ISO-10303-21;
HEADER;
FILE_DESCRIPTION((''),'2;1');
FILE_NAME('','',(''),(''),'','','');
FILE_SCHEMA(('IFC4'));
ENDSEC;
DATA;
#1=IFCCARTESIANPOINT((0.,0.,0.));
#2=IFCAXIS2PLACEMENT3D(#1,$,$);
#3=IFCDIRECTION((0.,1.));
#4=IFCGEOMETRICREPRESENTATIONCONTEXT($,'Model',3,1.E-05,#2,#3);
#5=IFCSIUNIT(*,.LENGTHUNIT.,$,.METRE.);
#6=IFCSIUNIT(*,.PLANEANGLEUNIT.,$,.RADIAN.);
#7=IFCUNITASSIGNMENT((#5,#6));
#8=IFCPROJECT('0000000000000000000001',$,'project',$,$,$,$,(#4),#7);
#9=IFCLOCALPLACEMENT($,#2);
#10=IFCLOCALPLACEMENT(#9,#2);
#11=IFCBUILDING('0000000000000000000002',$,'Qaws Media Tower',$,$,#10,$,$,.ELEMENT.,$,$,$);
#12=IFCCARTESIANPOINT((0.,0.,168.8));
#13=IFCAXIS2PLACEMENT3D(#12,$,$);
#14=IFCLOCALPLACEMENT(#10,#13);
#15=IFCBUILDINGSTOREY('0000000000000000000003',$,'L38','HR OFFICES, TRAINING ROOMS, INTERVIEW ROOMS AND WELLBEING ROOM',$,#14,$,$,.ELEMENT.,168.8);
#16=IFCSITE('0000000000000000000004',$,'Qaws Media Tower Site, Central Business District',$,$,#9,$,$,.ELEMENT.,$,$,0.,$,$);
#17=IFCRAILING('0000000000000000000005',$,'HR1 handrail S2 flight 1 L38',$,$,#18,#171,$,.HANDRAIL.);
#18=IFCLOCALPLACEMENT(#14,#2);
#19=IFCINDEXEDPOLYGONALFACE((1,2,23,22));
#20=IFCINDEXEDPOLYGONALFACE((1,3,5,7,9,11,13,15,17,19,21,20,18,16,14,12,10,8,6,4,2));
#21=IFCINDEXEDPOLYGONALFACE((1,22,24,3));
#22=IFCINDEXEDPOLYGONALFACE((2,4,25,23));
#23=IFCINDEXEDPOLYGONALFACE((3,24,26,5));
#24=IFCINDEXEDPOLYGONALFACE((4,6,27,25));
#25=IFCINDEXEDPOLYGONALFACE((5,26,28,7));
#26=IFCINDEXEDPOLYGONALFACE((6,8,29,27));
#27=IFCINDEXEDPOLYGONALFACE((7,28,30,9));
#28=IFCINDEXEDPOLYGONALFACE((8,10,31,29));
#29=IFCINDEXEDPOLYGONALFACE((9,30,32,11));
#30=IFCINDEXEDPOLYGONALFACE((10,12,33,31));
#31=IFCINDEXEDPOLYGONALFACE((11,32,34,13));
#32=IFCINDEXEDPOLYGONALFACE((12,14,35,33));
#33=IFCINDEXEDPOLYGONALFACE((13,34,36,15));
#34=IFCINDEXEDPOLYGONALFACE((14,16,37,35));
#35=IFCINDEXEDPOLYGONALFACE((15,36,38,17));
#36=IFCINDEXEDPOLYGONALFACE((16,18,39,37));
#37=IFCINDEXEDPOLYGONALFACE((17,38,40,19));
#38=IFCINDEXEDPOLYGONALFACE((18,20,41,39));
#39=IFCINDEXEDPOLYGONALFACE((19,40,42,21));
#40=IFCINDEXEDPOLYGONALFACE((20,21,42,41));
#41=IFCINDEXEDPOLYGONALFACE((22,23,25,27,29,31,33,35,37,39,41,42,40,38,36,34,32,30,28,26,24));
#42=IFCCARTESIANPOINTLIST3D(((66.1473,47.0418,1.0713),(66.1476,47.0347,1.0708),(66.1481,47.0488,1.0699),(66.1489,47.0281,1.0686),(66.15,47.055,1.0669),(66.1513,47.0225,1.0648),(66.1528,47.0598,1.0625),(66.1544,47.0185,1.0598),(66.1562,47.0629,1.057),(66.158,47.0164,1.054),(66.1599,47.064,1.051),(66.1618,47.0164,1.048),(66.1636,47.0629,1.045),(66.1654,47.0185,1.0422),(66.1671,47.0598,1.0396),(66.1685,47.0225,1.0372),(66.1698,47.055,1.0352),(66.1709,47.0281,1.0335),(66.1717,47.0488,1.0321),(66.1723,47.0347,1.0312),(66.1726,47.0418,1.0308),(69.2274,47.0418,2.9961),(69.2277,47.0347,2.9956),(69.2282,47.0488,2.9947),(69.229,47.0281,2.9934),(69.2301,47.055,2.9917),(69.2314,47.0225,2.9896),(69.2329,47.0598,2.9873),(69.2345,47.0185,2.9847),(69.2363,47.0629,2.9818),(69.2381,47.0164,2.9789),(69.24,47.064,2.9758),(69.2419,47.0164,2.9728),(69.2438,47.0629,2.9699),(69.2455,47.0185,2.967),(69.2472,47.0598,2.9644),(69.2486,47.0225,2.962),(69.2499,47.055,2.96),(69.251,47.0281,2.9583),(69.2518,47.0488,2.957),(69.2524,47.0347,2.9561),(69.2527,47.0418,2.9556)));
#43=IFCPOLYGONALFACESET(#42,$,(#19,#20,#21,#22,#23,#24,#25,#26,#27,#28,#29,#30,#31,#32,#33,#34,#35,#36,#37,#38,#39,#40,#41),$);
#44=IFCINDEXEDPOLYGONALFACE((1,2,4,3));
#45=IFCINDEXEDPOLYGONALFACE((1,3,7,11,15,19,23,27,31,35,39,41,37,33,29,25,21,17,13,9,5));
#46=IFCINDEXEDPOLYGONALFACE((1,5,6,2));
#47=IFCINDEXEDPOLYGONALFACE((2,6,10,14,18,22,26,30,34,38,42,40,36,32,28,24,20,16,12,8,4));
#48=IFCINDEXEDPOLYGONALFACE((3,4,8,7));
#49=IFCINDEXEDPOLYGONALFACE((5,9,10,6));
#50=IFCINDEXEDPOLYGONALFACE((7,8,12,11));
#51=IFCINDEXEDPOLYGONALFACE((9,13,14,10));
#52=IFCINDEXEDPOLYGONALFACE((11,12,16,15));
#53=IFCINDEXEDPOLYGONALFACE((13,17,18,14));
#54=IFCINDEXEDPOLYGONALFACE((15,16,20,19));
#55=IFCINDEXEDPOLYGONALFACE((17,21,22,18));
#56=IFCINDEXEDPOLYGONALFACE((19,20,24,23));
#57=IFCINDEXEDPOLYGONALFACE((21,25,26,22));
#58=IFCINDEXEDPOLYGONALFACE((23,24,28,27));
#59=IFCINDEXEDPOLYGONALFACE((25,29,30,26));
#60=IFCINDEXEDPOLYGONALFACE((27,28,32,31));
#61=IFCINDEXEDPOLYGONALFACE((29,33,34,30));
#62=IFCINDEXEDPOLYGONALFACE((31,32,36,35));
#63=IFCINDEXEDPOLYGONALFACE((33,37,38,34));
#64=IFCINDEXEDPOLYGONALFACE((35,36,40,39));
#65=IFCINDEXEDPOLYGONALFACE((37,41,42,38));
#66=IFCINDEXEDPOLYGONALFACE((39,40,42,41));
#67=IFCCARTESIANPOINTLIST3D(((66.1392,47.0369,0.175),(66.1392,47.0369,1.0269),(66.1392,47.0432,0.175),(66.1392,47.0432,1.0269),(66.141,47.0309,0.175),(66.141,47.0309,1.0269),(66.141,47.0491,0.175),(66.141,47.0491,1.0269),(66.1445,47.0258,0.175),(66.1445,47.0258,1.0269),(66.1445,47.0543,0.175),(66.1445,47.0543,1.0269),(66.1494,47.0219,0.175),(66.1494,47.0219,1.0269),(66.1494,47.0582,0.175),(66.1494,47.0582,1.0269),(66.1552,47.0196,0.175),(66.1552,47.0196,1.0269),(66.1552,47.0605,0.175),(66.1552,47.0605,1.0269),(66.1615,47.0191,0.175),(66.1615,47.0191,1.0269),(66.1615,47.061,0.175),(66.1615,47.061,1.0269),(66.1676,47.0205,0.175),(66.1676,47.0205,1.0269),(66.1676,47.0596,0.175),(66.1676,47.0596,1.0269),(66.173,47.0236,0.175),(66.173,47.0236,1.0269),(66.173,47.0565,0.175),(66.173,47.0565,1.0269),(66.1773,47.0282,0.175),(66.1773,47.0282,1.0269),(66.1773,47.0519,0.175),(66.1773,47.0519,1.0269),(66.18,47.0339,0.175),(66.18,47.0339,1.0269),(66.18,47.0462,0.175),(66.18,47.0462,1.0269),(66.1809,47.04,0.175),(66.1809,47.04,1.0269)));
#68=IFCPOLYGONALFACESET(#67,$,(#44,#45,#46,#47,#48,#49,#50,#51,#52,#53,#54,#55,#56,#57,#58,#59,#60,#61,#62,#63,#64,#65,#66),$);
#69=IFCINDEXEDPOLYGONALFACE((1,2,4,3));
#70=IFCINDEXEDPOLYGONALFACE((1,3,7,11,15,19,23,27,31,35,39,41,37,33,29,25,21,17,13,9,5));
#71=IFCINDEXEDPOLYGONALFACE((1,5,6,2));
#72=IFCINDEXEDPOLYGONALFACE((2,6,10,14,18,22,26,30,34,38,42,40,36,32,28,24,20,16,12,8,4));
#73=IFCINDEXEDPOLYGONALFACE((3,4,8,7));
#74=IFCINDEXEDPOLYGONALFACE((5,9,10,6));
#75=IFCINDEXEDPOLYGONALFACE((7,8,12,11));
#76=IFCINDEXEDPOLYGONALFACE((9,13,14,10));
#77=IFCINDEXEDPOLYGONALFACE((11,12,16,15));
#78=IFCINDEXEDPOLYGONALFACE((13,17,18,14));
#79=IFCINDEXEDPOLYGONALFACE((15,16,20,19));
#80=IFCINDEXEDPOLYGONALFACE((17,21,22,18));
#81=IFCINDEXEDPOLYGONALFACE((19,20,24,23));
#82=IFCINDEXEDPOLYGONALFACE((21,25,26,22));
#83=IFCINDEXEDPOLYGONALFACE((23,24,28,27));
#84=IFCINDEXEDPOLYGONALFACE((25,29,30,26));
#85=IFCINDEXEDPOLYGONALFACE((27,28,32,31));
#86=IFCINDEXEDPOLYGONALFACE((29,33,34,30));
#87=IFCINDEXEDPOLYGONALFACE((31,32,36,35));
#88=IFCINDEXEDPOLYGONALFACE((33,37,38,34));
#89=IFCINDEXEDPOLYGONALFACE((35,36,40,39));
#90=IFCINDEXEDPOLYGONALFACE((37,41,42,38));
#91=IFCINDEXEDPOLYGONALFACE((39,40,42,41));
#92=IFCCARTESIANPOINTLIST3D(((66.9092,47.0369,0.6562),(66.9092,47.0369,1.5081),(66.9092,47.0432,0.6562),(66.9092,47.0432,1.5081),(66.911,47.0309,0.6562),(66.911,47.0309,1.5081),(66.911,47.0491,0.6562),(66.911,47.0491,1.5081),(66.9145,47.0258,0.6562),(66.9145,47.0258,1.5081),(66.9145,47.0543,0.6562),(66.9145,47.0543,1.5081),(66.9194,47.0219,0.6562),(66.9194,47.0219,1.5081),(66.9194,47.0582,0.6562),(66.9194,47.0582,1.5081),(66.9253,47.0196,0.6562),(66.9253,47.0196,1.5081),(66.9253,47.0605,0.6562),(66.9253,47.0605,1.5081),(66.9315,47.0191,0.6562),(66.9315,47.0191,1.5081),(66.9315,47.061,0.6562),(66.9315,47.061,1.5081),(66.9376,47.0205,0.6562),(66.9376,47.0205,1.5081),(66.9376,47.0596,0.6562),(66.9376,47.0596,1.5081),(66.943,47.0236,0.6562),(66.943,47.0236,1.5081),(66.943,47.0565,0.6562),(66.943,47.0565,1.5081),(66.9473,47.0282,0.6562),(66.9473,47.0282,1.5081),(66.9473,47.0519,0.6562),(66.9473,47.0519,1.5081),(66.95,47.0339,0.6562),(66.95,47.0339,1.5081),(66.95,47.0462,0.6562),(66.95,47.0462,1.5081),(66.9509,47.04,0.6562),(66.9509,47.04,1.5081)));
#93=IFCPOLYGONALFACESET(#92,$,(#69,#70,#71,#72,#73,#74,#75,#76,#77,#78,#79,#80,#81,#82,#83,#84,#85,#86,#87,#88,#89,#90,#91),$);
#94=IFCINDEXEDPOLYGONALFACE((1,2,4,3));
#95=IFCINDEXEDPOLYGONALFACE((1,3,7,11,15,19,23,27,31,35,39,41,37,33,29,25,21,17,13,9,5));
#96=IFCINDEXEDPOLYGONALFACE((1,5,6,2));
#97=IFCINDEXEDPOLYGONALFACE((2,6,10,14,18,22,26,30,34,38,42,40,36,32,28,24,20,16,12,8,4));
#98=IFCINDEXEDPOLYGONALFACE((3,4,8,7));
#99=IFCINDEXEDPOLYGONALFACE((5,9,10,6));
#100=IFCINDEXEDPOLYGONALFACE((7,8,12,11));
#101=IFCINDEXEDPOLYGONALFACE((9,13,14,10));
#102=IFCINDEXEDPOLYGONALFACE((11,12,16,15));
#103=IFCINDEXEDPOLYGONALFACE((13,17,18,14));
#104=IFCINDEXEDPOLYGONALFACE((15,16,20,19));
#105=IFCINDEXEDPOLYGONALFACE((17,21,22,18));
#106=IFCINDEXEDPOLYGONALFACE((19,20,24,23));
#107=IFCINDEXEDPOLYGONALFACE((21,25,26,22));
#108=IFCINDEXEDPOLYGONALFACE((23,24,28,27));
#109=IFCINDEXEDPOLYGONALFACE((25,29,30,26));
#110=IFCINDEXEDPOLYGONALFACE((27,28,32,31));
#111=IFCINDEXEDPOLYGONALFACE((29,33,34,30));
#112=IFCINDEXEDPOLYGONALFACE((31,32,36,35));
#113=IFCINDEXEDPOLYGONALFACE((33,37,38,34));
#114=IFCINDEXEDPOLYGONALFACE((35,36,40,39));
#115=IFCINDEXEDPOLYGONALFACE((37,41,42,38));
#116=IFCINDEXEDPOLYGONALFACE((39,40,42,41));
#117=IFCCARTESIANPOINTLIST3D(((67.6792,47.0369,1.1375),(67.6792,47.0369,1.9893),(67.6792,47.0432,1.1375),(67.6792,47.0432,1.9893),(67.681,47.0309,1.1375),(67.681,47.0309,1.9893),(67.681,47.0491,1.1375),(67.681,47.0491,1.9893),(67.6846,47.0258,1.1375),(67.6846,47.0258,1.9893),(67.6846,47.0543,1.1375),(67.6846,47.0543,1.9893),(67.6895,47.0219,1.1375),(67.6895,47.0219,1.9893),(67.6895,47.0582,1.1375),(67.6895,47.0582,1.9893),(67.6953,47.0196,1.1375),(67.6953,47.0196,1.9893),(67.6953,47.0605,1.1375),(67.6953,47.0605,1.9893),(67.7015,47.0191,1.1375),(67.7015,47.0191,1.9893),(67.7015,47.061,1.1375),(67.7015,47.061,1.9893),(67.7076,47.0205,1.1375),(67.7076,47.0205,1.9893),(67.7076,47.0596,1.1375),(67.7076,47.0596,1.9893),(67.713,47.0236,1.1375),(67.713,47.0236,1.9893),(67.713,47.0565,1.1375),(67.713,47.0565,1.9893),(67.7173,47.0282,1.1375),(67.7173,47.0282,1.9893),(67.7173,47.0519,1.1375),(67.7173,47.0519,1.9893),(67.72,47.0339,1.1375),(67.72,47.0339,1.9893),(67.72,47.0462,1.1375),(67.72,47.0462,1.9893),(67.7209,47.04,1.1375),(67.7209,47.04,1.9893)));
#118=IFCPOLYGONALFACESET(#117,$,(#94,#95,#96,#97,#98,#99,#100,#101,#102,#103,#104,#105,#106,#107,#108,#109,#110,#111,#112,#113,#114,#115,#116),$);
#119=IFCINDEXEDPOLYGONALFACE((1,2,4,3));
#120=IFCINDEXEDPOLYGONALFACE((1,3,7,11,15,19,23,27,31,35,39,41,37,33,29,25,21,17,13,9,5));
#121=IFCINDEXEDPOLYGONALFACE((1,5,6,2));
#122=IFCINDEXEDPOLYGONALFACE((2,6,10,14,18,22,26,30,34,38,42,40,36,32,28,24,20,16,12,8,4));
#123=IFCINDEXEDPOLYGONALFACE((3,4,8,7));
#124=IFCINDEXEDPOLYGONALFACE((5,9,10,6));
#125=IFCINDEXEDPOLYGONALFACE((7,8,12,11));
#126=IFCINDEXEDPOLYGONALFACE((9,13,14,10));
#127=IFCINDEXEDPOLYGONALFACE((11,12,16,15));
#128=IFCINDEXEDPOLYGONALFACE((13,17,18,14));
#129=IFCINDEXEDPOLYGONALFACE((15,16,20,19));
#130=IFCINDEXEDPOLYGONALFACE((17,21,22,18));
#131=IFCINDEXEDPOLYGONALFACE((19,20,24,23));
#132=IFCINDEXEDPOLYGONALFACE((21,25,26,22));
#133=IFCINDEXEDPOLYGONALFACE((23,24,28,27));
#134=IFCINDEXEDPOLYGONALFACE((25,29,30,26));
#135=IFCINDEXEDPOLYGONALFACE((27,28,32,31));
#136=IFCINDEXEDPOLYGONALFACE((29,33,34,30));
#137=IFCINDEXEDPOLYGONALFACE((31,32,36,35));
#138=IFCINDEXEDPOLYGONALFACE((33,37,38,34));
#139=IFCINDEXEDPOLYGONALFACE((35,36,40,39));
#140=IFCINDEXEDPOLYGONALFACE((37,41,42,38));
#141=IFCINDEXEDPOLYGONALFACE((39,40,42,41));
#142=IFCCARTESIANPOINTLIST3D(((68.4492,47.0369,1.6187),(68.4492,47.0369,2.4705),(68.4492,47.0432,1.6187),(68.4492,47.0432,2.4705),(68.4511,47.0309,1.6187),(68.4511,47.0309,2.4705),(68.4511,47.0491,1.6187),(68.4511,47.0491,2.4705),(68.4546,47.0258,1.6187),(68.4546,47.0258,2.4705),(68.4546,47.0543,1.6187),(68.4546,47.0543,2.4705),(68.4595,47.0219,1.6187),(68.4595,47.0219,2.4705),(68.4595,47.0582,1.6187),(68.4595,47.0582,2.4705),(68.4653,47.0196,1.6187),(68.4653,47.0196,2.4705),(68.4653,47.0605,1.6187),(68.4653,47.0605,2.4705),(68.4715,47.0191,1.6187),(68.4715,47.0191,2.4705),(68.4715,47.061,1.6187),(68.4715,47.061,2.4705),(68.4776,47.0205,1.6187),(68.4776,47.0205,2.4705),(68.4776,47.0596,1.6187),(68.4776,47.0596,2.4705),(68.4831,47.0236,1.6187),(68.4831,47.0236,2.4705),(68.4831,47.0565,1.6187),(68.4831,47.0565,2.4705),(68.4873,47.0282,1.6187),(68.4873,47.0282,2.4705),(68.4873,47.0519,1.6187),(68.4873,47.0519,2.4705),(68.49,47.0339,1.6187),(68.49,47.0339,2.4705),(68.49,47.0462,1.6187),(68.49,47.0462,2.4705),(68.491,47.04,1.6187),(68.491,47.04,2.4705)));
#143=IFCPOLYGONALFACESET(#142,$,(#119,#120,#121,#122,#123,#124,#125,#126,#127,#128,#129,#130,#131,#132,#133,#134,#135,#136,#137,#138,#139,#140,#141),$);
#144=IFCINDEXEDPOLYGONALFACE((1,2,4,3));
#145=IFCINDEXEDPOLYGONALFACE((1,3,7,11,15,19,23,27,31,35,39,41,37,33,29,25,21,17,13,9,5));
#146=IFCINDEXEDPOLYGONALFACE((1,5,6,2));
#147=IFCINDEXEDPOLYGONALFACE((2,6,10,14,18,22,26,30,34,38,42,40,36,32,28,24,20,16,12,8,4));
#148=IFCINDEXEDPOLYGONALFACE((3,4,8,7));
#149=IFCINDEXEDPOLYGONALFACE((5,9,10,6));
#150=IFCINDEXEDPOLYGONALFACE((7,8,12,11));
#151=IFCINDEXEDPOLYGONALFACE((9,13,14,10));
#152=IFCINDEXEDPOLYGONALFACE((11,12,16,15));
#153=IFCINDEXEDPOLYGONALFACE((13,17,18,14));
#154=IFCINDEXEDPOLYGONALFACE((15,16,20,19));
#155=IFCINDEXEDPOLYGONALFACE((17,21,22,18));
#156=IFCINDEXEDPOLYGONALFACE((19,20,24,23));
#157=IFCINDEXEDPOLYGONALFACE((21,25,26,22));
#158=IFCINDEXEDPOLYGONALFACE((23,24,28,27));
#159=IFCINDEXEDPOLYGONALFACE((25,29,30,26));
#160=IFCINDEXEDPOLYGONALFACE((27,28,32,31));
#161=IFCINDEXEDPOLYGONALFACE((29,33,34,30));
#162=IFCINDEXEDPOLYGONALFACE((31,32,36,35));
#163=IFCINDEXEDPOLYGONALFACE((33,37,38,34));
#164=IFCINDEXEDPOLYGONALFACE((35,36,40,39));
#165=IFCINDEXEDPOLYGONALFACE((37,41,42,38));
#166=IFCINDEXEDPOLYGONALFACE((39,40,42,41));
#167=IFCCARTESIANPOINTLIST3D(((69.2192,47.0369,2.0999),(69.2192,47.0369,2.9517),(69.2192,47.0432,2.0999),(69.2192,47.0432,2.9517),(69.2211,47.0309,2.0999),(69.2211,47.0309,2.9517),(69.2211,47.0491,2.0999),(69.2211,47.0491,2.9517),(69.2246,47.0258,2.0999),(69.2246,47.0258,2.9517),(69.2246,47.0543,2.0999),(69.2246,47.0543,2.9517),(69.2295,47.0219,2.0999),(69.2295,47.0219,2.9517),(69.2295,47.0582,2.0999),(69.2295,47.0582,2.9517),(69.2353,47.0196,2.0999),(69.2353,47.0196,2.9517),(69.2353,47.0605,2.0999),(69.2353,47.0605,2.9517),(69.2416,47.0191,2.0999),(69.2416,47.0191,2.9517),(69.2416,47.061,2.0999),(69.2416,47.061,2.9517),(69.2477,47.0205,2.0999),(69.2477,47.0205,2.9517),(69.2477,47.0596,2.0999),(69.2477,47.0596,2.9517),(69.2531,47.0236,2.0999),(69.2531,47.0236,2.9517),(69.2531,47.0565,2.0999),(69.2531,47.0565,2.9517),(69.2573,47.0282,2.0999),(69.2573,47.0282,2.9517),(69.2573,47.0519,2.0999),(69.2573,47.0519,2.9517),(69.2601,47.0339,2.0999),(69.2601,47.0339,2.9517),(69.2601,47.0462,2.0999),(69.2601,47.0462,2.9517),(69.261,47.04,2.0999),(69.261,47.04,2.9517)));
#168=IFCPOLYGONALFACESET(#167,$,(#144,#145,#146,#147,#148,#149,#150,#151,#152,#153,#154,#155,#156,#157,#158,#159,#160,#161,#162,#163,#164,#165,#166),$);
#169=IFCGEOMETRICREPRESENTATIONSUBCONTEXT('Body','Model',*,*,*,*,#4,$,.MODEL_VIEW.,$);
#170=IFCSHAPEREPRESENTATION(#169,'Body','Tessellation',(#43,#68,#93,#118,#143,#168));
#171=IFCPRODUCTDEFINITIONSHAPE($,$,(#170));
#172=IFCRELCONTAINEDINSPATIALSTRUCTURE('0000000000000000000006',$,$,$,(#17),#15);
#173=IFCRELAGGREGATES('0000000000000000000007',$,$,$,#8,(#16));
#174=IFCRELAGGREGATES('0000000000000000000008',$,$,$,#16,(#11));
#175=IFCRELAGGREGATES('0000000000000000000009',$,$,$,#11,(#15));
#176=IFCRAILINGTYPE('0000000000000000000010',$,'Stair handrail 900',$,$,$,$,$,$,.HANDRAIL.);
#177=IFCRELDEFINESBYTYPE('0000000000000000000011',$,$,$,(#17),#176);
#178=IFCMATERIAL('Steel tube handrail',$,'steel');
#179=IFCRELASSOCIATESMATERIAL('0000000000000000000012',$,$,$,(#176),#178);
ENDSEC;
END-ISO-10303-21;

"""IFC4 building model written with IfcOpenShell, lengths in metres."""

from ifc_helpers import new_model, si_unit, direction, frame, origin, origin_2d, place, context, subcontext, project, spatial, circle, extrude, material, type_object, element, save


model = new_model("IFC4")

# Units and contexts
model_context = context("Model", 3, precision=1e-05, world=origin(), true_north=direction((0.0, 1.0)))
body_context = subcontext(model_context, "Body", "Model", "MODEL_VIEW")
ifc_project = project(units=[si_unit("LENGTHUNIT", "METRE"), si_unit("PLANEANGLEUNIT", "RADIAN")], contexts=[model_context])

# Site, building, storey
site_placement = place(None, origin())
site = spatial("IfcSite", under=ifc_project, at=site_placement, Name="Qaws Media Tower Site, Central Business District", CompositionType="ELEMENT", RefElevation=0.0)
building_placement = place(site_placement, origin())
building = spatial("IfcBuilding", under=site, at=building_placement, Name="Qaws Media Tower", CompositionType="ELEMENT")
storey_placement = place(building_placement, frame((0.0, 0.0, 168.8)))
storey = spatial("IfcBuildingStorey", under=building, at=storey_placement, Name="L38", Description="HR OFFICES, TRAINING ROOMS, INTERVIEW ROOMS AND WELLBEING ROOM", CompositionType="ELEMENT", Elevation=168.8)

# Railing
ifc_material_1 = material(Name="Steel tube handrail", Category="steel")
railing_type = type_object("IfcRailingType", Name="Stair handrail 900", PredefinedType="HANDRAIL", material=ifc_material_1)
railing_placement = place(storey_placement, frame((66.1599, 47.04, 0.175)))
element("IfcRailing", 1, at=railing_placement, inside=storey, type_object=railing_type, Name="HR1 handrail S2 flight 1 L38", PredefinedType="HANDRAIL", context=body_context, shape_type="SweptSolid", body=[
    extrude(circle(Radius=0.0239, at=origin_2d()), frame((0.0, 0.0, 0.876), z_axis=(0.848029, 0.0, 0.529951), x_axis=(0.0, 1.0, 0.0)), (0.0, 0.0, 1.0), 3.6321),
    extrude(circle(Radius=0.021, at=origin_2d()), origin(), (0.0, 0.0, 1.0), 0.8518),
    extrude(circle(Radius=0.021, at=origin_2d()), frame((0.77, 0.0, 0.4812)), (0.0, 0.0, 1.0), 0.8518),
    extrude(circle(Radius=0.021, at=origin_2d()), frame((1.54, 0.0, 0.9624)), (0.0, 0.0, 1.0), 0.8518),
    extrude(circle(Radius=0.021, at=origin_2d()), frame((2.3101, 0.0, 1.4436)), (0.0, 0.0, 1.0), 0.8518),
    extrude(circle(Radius=0.021, at=origin_2d()), frame((3.0801, 0.0, 1.9248)), (0.0, 0.0, 1.0), 0.8518),
])

save(model, "model.ifc")
